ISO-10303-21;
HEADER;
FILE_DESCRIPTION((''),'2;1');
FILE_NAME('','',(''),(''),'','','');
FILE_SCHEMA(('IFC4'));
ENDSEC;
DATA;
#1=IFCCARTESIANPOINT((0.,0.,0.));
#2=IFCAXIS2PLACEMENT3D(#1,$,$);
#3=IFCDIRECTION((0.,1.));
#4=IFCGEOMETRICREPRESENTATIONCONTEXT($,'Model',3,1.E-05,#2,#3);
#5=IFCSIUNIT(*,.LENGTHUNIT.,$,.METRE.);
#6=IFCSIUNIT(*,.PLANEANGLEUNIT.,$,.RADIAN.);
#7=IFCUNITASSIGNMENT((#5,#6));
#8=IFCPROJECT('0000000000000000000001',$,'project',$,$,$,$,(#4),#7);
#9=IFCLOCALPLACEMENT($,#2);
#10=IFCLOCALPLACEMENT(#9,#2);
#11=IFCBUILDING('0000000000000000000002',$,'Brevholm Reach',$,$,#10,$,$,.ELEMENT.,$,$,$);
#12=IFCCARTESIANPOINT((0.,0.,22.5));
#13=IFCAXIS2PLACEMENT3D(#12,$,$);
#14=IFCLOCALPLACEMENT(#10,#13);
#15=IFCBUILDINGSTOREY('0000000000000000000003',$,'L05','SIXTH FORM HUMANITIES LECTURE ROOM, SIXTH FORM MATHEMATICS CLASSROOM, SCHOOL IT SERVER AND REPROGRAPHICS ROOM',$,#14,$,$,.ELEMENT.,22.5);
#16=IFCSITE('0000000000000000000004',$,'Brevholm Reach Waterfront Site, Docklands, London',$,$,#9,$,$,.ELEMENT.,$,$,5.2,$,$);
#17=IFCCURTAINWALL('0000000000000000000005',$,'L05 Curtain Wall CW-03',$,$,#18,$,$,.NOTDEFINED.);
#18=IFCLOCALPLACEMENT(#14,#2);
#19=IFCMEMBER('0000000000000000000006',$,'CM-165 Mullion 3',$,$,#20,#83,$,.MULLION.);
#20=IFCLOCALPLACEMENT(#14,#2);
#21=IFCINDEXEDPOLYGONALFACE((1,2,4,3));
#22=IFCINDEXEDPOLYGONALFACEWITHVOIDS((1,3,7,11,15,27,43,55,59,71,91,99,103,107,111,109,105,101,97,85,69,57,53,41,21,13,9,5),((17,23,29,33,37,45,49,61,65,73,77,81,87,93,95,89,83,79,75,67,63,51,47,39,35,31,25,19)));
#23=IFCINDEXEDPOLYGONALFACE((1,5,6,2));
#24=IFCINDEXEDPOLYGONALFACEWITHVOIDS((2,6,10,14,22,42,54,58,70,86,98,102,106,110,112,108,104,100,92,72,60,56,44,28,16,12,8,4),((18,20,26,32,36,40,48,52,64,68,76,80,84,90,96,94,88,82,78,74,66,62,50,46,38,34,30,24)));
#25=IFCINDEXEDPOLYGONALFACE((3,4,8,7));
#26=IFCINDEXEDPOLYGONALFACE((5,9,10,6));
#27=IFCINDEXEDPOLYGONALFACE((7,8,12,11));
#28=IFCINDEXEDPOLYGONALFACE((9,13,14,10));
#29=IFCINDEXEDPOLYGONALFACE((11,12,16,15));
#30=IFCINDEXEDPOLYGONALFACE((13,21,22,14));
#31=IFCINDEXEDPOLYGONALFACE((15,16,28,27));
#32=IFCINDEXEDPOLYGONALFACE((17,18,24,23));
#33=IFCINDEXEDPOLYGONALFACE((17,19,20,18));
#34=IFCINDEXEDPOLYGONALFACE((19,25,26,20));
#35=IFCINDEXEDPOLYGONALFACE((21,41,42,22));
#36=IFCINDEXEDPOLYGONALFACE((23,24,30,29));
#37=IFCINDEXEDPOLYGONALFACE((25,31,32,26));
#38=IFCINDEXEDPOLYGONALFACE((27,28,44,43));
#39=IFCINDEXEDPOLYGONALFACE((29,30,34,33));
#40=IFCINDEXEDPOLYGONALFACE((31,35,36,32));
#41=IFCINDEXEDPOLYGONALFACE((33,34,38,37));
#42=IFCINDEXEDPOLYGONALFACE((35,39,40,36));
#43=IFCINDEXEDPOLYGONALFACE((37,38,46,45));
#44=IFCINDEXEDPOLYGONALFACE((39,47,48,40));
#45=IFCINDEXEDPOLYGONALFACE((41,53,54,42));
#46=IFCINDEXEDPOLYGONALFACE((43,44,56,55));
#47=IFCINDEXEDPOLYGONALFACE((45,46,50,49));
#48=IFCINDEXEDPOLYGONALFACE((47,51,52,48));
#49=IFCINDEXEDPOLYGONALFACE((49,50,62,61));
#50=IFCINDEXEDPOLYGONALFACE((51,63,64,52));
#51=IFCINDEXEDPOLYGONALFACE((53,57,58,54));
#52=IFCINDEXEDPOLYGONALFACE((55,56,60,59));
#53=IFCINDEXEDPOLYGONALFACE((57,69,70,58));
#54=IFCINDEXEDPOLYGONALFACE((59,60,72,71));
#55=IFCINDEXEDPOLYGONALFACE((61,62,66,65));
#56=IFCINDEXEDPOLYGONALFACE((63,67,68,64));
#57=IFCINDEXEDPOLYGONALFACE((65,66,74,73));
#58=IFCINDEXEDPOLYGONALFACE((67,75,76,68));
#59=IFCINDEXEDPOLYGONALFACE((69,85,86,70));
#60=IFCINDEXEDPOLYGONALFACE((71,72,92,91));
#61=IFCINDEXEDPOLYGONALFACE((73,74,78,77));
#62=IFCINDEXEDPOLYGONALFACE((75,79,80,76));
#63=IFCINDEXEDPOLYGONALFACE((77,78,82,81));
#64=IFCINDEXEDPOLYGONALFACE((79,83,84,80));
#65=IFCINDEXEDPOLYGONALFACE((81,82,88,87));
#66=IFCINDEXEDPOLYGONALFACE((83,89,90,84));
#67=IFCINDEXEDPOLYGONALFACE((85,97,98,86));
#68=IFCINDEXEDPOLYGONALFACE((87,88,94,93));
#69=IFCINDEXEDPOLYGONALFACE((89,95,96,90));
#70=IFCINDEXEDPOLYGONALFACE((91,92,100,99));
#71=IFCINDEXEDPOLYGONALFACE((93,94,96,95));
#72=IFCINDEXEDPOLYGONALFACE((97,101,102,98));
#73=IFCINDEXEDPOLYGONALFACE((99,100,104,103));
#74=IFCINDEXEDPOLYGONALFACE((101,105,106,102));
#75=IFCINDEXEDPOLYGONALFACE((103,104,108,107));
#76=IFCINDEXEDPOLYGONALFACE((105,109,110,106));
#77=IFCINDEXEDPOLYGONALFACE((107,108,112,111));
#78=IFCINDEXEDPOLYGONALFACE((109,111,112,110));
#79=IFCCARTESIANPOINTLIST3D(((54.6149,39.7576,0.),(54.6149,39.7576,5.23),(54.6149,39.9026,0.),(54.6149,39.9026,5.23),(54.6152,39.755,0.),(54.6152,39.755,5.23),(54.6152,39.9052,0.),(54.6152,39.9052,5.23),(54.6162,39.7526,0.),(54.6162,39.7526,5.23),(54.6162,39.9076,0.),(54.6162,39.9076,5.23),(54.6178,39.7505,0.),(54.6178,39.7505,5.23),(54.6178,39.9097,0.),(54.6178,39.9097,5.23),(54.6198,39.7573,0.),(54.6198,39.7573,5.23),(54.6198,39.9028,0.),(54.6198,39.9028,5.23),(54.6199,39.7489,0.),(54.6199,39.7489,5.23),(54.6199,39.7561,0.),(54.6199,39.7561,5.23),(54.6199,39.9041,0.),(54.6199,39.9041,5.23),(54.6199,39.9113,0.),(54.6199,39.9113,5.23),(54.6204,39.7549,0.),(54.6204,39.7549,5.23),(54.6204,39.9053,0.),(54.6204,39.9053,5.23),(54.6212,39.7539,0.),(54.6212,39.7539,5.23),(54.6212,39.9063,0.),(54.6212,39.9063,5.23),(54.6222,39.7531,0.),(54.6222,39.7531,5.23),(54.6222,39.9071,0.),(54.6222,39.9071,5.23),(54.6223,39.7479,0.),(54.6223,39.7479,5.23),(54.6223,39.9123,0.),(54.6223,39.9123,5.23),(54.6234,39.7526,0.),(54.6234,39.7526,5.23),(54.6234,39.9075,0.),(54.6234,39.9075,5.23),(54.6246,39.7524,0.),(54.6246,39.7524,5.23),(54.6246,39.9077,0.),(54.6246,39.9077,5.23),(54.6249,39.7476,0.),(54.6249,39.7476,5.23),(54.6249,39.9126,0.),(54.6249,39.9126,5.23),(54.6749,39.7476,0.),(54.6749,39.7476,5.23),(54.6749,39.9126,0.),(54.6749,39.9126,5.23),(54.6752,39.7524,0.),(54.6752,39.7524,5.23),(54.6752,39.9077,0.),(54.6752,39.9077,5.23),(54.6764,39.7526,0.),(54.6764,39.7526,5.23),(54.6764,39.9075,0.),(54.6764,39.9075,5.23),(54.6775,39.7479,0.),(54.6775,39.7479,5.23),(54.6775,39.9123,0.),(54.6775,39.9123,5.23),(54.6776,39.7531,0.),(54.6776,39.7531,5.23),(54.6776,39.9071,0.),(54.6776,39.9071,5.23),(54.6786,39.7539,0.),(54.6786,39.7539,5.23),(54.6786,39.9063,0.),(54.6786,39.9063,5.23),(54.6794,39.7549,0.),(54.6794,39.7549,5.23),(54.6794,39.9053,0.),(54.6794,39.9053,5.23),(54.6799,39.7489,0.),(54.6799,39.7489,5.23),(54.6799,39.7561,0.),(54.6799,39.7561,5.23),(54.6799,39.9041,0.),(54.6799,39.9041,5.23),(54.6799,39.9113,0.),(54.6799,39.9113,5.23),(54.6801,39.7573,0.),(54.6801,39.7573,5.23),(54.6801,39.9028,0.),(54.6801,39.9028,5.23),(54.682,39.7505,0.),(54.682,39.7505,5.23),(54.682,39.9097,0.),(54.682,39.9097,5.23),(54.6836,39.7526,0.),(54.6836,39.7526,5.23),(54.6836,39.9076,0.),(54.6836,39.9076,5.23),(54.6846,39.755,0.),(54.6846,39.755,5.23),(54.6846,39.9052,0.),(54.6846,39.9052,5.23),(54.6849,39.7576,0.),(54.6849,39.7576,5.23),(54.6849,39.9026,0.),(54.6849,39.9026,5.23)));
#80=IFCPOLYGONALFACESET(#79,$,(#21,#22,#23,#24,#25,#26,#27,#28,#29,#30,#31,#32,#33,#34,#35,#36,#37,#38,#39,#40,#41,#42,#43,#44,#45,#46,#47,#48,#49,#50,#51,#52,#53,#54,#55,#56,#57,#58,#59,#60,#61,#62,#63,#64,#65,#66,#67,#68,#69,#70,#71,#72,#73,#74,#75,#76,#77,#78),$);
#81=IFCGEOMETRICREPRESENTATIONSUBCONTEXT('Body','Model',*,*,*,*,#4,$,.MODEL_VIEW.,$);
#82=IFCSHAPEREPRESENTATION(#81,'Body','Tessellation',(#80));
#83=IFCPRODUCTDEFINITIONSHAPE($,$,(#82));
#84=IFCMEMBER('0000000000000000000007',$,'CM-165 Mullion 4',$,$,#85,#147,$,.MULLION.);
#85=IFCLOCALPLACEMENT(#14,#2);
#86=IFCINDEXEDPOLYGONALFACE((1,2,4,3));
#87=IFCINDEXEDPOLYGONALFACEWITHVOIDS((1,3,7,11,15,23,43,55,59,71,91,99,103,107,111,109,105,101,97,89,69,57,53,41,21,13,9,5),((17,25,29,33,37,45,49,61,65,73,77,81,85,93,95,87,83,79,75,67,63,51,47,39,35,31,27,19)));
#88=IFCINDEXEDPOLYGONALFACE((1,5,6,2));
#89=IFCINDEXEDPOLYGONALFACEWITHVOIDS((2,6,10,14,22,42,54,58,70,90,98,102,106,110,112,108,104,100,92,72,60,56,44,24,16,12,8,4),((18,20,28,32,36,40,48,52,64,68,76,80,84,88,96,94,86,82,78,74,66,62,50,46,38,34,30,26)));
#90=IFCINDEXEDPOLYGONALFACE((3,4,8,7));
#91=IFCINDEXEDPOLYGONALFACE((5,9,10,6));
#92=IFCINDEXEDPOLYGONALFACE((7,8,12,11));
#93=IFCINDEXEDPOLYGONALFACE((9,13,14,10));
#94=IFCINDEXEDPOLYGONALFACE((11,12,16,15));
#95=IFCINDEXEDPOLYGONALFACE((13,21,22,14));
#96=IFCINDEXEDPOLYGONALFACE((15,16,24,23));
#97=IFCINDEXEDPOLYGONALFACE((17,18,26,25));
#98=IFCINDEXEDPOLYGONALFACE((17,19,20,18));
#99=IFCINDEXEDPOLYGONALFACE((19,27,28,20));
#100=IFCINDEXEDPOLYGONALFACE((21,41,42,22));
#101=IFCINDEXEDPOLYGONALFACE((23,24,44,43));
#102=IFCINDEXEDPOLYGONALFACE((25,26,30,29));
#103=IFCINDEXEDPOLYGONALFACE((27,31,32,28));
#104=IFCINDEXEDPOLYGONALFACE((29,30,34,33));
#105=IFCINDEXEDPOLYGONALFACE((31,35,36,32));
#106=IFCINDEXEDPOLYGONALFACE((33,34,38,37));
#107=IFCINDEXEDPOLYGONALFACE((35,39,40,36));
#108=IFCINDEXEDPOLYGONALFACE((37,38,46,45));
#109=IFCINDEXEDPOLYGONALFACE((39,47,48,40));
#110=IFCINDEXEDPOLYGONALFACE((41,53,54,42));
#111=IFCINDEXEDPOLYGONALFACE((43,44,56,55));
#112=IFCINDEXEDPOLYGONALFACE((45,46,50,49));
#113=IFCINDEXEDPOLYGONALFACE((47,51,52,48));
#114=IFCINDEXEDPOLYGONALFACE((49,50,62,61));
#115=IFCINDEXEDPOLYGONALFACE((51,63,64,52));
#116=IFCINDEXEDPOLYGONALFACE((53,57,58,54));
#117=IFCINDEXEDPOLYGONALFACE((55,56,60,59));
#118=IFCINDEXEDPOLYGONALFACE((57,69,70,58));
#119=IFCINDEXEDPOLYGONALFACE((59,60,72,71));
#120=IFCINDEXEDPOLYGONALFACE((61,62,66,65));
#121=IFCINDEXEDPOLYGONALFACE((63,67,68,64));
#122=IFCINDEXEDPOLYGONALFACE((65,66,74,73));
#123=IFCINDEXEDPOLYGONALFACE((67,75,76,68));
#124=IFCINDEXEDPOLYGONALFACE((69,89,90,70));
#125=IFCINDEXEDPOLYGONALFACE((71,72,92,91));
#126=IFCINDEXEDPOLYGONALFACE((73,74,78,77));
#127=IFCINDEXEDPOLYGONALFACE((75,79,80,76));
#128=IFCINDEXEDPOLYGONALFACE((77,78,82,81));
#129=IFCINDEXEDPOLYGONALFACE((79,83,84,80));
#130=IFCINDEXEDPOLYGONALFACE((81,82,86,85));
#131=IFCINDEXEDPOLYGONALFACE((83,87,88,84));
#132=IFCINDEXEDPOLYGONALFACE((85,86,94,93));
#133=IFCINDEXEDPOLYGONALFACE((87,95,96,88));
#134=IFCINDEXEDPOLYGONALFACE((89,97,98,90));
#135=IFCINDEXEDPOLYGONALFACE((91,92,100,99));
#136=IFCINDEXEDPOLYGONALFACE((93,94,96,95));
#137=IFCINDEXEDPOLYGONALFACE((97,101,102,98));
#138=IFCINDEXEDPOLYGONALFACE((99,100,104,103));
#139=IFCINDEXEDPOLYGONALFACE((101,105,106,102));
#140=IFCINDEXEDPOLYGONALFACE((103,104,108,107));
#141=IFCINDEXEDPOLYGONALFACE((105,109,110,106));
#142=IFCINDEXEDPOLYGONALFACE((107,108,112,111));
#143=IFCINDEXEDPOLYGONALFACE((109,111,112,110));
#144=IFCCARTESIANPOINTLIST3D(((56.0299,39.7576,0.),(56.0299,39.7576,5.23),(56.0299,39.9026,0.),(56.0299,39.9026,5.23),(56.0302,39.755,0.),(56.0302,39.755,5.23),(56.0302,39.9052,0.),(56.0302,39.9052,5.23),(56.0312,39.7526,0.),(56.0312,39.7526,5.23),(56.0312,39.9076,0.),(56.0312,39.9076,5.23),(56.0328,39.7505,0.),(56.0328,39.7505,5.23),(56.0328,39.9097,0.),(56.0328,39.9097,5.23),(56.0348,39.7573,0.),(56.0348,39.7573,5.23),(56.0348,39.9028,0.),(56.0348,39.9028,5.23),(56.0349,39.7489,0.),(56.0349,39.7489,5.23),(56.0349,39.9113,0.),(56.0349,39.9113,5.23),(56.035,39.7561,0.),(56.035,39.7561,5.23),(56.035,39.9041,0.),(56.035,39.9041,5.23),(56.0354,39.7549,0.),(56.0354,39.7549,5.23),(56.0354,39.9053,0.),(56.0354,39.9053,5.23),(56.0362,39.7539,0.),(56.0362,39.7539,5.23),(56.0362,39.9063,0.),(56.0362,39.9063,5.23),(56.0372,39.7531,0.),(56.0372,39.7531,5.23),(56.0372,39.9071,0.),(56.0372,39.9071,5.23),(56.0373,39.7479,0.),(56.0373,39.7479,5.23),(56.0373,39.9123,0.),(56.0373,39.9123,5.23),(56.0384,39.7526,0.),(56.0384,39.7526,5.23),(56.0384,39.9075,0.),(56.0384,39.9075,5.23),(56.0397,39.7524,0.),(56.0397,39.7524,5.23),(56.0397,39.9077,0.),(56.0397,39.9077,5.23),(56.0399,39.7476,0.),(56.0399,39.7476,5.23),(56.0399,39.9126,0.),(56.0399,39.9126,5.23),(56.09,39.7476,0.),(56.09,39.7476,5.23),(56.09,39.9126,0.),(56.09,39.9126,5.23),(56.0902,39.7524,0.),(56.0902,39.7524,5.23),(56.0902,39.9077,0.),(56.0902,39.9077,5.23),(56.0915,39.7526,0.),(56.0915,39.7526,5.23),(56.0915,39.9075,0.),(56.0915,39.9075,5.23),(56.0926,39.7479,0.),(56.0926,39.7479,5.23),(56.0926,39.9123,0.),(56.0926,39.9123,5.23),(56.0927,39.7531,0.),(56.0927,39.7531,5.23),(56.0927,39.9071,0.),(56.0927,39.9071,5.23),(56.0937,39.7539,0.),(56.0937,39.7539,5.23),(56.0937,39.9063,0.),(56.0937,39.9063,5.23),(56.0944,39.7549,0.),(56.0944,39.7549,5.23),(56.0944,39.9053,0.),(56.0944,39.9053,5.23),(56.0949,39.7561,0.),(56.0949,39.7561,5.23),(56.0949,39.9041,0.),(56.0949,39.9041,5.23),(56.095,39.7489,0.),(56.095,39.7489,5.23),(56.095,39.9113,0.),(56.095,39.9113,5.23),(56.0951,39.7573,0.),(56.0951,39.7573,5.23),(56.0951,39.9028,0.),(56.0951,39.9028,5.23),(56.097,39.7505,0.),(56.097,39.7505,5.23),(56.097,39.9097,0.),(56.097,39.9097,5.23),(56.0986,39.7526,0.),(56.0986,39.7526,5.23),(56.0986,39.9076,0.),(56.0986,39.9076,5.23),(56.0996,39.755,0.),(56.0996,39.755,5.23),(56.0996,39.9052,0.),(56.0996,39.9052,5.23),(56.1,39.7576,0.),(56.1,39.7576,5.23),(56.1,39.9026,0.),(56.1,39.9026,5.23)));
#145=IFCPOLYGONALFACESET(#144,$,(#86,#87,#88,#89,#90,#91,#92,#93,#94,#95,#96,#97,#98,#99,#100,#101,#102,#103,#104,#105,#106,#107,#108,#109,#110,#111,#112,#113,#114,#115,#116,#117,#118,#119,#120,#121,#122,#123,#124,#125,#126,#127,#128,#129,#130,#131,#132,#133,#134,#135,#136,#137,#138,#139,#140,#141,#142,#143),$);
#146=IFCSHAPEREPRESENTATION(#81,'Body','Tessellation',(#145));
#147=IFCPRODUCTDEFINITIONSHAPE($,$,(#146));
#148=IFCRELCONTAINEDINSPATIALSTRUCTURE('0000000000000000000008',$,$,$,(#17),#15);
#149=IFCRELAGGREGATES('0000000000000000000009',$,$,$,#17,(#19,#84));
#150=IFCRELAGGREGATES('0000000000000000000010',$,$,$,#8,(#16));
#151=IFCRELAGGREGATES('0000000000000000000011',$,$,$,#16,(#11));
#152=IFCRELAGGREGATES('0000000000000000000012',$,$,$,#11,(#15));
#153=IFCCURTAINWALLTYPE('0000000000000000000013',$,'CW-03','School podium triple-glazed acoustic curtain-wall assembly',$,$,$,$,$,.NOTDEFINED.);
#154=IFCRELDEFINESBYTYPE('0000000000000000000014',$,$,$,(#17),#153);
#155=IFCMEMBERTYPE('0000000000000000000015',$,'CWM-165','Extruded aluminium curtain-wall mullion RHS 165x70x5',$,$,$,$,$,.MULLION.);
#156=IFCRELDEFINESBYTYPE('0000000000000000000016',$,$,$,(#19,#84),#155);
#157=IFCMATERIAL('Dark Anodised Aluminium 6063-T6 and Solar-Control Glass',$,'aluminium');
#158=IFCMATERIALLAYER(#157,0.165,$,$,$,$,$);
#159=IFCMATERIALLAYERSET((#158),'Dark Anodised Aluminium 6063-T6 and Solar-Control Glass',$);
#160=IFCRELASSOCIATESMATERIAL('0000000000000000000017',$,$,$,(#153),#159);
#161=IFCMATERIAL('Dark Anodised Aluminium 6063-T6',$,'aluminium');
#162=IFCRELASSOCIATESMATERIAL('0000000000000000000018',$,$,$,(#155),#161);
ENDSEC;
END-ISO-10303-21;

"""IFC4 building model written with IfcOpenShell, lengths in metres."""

from ifc_helpers import new_model, si_unit, direction, frame, origin, origin_2d, place, context, subcontext, project, spatial, hollow_rectangle, extrude, material, layer, layer_set, material_profile, profile_set, type_object, element, aggregate, save


model = new_model("IFC4")

# Units and contexts
model_context = context("Model", 3, precision=1e-05, world=origin(), true_north=direction((0.0, 1.0)))
body_context = subcontext(model_context, "Body", "Model", "MODEL_VIEW")
ifc_project = project(units=[si_unit("LENGTHUNIT", "METRE"), si_unit("PLANEANGLEUNIT", "RADIAN")], contexts=[model_context])

# Site, building, storey
site_placement = place(None, origin())
site = spatial("IfcSite", under=ifc_project, at=site_placement, Name="Brevholm Reach Waterfront Site, Docklands, London", CompositionType="ELEMENT", RefElevation=5.2)
building_placement = place(site_placement, origin())
building = spatial("IfcBuilding", under=site, at=building_placement, Name="Brevholm Reach", CompositionType="ELEMENT")
storey_placement = place(building_placement, frame((0.0, 0.0, 22.5)))
storey = spatial("IfcBuildingStorey", under=building, at=storey_placement, Name="L05", Description="SIXTH FORM HUMANITIES LECTURE ROOM, SIXTH FORM MATHEMATICS CLASSROOM, SCHOOL IT SERVER AND REPROGRAPHICS ROOM", CompositionType="ELEMENT", Elevation=22.5)

# Curtain wall, members
ifc_material_1 = material(Name="Dark Anodised Aluminium 6063-T6 and Solar-Control Glass", Category="aluminium")
ifc_layer_1 = layer(ifc_material_1, 0.165)
ifc_layer_set_1 = layer_set([ifc_layer_1], Name="Dark Anodised Aluminium 6063-T6 and Solar-Control Glass")
curtain_wall_type = type_object("IfcCurtainWallType", Name="CW-03", Description="School podium triple-glazed acoustic curtain-wall assembly", PredefinedType="NOTDEFINED", material=ifc_layer_set_1)
curtain_wall_placement = place(storey_placement, origin())
curtain_wall = element("IfcCurtainWall", 1, at=curtain_wall_placement, inside=storey, type_object=curtain_wall_type, Name="L05 Curtain Wall CW-03", PredefinedType="NOTDEFINED")
ifc_material_2 = material(Name="Dark Anodised Aluminium 6063-T6", Category="aluminium")
ifc_material_profile_1 = material_profile(ifc_material_2, hollow_rectangle(XDim=0.0701, YDim=0.165, WallThickness=0.0049, InnerFilletRadius=0.0049, OuterFilletRadius=0.01, at=origin_2d()), Name="RHS 165x70x5")
ifc_profile_set_1 = profile_set([ifc_material_profile_1], Name="Dark Anodised Aluminium 6063-T6")
member_type_1 = type_object("IfcMemberType", Name="CWM-165", Description="Extruded aluminium curtain-wall mullion RHS 165x70x5", PredefinedType="MULLION", material=ifc_profile_set_1)
member_1_placement = place(storey_placement, frame((54.6499, 39.8301, 0.0), z_axis=(0.0, 0.0, 1.0), x_axis=(1.0, 0.0, 0.0)))
member_1 = element("IfcMember", 2, at=member_1_placement, type_object=member_type_1, Name="CM-165 Mullion 3", PredefinedType="MULLION", context=body_context, shape_type="SweptSolid", body=[
    extrude(hollow_rectangle(XDim=0.0701, YDim=0.165, WallThickness=0.0049, InnerFilletRadius=0.0049, OuterFilletRadius=0.01, at=origin_2d()), origin(), (0.0, 0.0, 1.0), 5.23),
])
member_2_placement = place(storey_placement, frame((56.0649, 39.8301, 0.0), z_axis=(0.0, 0.0, 1.0), x_axis=(1.0, 0.0, 0.0)))
member_2 = element("IfcMember", 3, at=member_2_placement, type_object=member_type_1, Name="CM-165 Mullion 4", PredefinedType="MULLION", context=body_context, shape_type="SweptSolid", body=[
    extrude(hollow_rectangle(XDim=0.0701, YDim=0.165, WallThickness=0.0049, InnerFilletRadius=0.0049, OuterFilletRadius=0.01, at=origin_2d()), origin(), (0.0, 0.0, 1.0), 5.23),
])
aggregate(curtain_wall, [member_1, member_2])

save(model, "model.ifc")
